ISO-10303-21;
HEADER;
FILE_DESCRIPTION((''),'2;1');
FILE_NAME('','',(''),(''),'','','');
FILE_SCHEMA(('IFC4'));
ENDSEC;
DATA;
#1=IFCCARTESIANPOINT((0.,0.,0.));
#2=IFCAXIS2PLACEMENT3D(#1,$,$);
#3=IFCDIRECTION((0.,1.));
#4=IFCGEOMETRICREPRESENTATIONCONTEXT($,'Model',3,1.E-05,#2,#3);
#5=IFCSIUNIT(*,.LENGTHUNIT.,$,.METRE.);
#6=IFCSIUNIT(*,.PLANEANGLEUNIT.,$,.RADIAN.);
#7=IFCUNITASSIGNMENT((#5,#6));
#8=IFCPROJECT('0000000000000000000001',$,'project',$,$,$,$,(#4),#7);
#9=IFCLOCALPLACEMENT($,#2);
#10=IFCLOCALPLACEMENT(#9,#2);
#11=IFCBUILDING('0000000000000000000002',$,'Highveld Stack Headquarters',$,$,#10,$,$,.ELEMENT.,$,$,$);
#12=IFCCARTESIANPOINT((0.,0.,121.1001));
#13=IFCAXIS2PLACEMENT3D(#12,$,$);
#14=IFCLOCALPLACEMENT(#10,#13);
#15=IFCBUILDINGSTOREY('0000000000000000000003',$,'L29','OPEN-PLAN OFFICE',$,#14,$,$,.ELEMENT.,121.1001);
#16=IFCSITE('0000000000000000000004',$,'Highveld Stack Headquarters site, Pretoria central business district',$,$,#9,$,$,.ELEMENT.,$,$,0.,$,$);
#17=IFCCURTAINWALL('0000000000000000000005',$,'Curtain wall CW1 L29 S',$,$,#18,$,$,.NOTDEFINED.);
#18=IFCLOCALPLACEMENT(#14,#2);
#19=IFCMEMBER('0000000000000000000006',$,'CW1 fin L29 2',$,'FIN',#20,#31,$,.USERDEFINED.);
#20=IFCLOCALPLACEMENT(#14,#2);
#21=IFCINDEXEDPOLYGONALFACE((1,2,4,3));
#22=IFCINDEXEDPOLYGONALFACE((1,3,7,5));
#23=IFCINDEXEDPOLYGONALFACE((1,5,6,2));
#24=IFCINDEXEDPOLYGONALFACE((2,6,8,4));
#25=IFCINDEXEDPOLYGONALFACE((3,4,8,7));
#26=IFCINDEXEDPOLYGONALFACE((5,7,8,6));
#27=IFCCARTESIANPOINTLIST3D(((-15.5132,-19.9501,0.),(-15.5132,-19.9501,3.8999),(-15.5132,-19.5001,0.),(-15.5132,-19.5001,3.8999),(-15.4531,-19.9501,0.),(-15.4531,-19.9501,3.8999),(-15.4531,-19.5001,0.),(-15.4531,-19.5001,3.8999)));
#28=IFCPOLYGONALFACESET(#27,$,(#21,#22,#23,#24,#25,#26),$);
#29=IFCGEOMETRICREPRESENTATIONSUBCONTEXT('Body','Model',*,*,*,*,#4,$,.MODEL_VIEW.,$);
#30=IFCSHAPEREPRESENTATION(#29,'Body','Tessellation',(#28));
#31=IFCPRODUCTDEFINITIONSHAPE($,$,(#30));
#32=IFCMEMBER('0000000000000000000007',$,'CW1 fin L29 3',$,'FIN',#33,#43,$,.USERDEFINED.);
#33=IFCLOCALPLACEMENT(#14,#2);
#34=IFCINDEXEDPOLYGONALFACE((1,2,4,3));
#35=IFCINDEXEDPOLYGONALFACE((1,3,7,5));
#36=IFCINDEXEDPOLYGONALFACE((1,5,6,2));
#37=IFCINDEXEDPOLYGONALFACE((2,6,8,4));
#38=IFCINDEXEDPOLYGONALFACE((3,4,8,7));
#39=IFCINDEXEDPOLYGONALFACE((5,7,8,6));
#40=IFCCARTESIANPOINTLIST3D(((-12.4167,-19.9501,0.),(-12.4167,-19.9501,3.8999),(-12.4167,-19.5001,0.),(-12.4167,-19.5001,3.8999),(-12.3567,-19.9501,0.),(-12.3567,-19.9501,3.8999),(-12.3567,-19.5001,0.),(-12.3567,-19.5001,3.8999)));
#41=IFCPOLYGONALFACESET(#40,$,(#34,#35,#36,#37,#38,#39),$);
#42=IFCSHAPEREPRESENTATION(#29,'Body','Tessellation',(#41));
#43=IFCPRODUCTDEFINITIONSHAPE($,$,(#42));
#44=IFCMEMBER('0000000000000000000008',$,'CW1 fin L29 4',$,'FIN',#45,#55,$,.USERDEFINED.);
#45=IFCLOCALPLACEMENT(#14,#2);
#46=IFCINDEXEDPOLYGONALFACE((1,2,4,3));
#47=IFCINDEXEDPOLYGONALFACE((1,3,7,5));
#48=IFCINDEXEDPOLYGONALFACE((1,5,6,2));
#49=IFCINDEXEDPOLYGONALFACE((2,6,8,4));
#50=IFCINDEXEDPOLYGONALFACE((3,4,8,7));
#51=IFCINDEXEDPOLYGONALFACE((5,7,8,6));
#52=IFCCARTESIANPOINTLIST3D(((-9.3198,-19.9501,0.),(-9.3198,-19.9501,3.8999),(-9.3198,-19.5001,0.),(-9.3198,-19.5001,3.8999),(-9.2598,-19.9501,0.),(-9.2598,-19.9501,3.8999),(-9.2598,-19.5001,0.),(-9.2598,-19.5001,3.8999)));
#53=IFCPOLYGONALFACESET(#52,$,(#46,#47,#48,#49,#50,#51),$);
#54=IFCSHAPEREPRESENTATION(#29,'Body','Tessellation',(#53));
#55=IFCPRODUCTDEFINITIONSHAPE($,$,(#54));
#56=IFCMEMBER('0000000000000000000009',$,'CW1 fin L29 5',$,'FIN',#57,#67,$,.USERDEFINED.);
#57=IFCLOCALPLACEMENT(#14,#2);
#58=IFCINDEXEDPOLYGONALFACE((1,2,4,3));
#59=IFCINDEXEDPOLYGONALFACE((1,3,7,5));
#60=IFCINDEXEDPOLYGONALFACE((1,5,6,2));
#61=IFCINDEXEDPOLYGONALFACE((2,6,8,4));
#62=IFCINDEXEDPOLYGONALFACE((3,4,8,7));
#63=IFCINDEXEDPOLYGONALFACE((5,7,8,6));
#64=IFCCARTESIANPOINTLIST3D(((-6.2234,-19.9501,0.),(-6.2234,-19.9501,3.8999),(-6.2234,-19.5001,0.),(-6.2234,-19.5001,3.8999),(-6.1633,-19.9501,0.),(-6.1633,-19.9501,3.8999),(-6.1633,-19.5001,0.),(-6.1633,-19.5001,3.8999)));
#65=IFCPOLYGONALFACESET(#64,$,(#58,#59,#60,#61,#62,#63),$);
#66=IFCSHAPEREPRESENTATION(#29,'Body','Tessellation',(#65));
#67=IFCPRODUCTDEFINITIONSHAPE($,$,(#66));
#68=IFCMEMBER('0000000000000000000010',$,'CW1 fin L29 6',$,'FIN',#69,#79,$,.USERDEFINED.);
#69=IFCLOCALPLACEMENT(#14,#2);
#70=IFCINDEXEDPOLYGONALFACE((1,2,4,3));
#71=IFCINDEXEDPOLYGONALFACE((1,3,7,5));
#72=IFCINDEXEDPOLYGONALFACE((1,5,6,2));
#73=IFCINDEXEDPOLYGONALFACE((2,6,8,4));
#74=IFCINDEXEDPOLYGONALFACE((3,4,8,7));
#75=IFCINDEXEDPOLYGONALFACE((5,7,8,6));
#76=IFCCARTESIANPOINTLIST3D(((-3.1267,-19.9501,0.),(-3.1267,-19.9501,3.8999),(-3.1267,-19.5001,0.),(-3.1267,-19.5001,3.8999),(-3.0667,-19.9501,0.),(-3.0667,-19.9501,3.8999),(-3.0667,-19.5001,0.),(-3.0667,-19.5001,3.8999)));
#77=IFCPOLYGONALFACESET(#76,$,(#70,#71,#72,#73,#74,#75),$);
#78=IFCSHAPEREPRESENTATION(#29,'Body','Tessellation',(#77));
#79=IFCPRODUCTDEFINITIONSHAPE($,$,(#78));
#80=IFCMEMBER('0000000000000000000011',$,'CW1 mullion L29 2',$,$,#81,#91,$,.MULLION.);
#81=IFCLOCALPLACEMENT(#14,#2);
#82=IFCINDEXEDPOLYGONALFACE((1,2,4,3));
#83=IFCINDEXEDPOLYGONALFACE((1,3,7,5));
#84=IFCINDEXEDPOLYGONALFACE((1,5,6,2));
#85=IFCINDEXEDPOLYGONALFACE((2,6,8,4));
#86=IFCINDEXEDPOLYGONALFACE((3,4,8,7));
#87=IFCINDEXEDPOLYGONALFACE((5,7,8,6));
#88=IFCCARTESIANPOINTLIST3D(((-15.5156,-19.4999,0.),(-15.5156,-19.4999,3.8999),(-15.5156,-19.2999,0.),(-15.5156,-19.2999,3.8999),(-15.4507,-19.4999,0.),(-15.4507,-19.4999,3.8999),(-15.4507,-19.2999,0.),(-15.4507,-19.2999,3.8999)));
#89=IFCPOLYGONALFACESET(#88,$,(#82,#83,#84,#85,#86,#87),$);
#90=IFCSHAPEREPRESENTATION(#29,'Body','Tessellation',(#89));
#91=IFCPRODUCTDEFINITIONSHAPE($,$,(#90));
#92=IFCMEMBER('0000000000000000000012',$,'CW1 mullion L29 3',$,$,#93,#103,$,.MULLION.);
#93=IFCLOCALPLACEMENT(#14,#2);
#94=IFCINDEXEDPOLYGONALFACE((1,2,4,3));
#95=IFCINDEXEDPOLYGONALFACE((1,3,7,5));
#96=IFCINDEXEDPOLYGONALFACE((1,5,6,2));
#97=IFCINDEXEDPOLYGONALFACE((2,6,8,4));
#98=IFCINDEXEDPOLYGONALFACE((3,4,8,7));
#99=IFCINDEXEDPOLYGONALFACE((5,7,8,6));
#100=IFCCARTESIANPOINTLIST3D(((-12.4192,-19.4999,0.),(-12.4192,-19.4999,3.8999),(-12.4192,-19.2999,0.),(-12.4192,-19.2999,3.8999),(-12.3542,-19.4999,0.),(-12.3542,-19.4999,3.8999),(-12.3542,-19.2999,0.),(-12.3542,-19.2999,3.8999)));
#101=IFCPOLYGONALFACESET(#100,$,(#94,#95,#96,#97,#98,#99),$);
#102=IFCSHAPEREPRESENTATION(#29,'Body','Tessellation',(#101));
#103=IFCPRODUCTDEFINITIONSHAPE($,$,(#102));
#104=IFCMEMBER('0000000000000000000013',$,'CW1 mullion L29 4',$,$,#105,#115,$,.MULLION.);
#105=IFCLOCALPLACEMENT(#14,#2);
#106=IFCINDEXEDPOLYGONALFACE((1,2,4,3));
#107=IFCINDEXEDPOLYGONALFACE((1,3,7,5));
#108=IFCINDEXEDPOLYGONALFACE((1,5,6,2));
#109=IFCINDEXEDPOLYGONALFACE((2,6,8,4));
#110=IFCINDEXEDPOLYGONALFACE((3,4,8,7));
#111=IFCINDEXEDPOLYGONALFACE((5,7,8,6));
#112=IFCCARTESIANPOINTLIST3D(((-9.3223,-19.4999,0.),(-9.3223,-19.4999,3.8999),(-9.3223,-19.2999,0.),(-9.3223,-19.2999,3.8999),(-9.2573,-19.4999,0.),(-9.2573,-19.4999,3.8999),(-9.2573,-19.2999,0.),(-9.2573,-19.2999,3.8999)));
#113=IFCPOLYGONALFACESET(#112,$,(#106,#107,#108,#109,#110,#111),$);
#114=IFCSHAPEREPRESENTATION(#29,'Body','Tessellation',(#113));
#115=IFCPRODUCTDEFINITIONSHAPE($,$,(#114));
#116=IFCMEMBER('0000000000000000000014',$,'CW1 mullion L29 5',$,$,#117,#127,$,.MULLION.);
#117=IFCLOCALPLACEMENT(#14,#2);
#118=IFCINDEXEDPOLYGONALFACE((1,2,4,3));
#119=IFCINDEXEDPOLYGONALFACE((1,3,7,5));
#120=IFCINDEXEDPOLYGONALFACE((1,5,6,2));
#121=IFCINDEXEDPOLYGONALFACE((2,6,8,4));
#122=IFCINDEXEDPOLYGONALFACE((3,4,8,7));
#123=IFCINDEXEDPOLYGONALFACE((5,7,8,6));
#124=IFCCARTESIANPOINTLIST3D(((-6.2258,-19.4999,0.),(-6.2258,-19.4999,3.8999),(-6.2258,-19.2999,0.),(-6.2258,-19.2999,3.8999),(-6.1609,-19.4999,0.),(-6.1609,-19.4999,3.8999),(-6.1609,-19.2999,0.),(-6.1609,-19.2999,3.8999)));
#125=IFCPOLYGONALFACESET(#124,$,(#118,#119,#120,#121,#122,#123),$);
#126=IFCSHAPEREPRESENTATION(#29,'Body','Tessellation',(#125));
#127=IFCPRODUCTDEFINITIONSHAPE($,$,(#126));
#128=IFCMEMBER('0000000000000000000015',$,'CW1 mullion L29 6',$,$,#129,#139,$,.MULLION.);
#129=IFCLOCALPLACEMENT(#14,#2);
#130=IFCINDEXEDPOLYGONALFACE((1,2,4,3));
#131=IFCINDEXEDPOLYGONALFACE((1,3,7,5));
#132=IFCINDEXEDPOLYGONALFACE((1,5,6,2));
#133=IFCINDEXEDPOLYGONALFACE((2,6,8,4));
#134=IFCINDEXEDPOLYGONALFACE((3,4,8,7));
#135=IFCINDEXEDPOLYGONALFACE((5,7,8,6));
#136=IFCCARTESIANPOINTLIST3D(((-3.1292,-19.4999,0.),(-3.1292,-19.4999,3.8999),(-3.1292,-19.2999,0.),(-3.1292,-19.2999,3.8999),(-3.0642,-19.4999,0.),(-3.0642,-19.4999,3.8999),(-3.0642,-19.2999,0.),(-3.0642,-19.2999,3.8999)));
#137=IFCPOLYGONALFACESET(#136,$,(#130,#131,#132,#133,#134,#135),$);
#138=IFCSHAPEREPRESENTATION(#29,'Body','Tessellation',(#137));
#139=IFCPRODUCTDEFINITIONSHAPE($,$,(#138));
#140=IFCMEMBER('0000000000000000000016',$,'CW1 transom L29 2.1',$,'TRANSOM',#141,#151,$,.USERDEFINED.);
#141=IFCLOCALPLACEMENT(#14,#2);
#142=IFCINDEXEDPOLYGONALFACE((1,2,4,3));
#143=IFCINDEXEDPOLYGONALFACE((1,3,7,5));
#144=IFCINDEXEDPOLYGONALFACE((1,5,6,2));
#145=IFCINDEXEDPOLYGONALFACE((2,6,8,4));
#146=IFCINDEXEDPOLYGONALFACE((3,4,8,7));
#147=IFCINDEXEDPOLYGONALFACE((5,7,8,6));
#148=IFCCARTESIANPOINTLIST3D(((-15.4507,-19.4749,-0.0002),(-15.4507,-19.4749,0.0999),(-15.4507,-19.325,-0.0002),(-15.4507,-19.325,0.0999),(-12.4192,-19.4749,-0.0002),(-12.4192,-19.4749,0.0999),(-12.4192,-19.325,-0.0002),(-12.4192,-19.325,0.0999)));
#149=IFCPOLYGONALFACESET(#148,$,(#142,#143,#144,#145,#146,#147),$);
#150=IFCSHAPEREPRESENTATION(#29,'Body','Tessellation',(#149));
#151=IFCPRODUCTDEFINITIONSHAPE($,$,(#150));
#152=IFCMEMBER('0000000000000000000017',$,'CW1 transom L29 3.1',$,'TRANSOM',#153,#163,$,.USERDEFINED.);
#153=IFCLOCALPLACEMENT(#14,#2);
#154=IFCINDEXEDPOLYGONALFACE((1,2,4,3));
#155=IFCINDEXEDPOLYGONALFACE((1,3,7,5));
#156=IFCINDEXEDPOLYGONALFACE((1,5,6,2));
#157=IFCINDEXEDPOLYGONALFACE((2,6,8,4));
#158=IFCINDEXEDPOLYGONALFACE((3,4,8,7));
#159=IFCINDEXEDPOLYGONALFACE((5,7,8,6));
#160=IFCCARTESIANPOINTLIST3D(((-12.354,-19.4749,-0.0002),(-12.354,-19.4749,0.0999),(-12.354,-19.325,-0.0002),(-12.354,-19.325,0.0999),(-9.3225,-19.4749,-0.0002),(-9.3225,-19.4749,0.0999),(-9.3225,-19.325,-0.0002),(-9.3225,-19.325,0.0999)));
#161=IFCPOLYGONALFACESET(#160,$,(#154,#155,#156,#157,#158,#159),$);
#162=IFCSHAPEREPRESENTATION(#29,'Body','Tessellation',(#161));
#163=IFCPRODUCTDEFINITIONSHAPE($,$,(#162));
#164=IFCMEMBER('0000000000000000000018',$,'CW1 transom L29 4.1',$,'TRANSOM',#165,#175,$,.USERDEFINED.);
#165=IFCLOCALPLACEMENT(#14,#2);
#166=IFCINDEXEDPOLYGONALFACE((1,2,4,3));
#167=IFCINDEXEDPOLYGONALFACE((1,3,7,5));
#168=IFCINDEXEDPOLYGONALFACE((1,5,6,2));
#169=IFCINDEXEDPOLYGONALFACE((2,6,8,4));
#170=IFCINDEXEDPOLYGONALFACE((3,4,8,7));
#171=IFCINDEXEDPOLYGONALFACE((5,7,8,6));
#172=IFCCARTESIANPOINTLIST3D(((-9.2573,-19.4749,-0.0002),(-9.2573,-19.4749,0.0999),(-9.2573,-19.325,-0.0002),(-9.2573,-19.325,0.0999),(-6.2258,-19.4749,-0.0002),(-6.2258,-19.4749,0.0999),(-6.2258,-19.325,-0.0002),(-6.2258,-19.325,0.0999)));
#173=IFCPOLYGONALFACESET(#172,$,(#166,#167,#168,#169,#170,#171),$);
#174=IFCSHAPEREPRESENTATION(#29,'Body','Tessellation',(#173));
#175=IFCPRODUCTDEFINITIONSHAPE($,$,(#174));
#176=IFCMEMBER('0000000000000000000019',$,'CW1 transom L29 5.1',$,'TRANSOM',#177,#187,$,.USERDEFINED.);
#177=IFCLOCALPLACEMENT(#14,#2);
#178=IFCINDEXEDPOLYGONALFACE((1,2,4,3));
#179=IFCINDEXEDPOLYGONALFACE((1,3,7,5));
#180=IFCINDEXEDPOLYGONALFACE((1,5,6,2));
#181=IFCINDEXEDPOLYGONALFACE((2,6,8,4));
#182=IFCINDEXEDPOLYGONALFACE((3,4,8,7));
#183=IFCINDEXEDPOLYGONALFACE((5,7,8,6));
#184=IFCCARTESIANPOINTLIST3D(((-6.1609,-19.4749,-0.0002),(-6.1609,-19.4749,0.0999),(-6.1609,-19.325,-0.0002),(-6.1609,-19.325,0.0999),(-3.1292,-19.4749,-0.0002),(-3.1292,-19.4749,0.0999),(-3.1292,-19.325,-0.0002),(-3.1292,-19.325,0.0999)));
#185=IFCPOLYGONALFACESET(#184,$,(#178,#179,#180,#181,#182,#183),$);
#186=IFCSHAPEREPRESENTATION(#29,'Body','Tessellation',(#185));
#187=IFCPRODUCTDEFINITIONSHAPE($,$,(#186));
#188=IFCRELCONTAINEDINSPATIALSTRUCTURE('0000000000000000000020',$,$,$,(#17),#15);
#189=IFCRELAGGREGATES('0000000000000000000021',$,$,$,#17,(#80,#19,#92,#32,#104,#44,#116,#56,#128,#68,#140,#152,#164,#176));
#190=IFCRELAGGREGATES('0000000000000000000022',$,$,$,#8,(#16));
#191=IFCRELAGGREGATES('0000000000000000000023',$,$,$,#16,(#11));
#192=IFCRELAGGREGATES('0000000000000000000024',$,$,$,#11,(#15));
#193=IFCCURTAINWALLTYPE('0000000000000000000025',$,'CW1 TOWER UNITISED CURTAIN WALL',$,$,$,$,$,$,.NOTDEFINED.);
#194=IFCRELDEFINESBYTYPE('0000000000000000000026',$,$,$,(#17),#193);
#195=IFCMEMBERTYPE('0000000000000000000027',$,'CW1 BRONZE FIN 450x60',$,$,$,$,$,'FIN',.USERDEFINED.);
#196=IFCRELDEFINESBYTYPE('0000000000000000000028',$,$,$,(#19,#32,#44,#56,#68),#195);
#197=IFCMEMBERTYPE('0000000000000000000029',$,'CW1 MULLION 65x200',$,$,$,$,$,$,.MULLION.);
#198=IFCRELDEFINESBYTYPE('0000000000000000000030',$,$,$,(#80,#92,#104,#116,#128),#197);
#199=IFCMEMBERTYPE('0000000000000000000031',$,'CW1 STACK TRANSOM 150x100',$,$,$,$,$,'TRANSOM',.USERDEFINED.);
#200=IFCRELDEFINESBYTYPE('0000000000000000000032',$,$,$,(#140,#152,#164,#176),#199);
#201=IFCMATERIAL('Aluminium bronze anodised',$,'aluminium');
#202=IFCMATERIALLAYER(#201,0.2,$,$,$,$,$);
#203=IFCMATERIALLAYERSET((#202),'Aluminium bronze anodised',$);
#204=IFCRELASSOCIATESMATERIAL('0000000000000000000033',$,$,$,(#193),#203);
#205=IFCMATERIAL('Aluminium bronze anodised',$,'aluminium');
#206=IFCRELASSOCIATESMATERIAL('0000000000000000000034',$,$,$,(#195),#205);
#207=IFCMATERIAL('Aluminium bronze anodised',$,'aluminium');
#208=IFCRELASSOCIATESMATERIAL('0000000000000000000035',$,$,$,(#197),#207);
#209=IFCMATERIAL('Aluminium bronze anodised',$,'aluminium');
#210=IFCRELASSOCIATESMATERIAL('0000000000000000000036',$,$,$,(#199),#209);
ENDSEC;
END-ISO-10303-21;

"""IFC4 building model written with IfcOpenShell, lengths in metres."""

from ifc_helpers import new_model, si_unit, direction, frame, origin, origin_2d, place, context, subcontext, project, spatial, rectangle, extrude, material, layer, layer_set, material_profile, profile_set, type_object, element, aggregate, save


model = new_model("IFC4")

# Units and contexts
model_context = context("Model", 3, precision=1e-05, world=origin(), true_north=direction((0.0, 1.0)))
body_context = subcontext(model_context, "Body", "Model", "MODEL_VIEW")
ifc_project = project(units=[si_unit("LENGTHUNIT", "METRE"), si_unit("PLANEANGLEUNIT", "RADIAN")], contexts=[model_context])

# Site, building, storey
site_placement = place(None, origin())
site = spatial("IfcSite", under=ifc_project, at=site_placement, Name="Highveld Stack Headquarters site, Pretoria central business district", CompositionType="ELEMENT", RefElevation=0.0)
building_placement = place(site_placement, origin())
building = spatial("IfcBuilding", under=site, at=building_placement, Name="Highveld Stack Headquarters", CompositionType="ELEMENT")
storey_placement = place(building_placement, frame((0.0, 0.0, 121.1001)))
storey = spatial("IfcBuildingStorey", under=building, at=storey_placement, Name="L29", Description="OPEN-PLAN OFFICE", CompositionType="ELEMENT", Elevation=121.1001)

# Curtain wall, members
ifc_material_1 = material(Name="Aluminium bronze anodised", Category="aluminium")
ifc_layer_1 = layer(ifc_material_1, 0.2)
ifc_layer_set_1 = layer_set([ifc_layer_1], Name="Aluminium bronze anodised")
curtain_wall_type = type_object("IfcCurtainWallType", Name="CW1 TOWER UNITISED CURTAIN WALL", PredefinedType="NOTDEFINED", material=ifc_layer_set_1)
curtain_wall_placement = place(storey_placement, origin())
curtain_wall = element("IfcCurtainWall", 1, at=curtain_wall_placement, inside=storey, type_object=curtain_wall_type, Name="Curtain wall CW1 L29 S", PredefinedType="NOTDEFINED")
ifc_material_2 = material(Name="Aluminium bronze anodised", Category="aluminium")
ifc_material_profile_1 = material_profile(ifc_material_2, rectangle(XDim=0.45, YDim=0.0601, at=origin_2d()), Name="FIN 450x60")
ifc_profile_set_1 = profile_set([ifc_material_profile_1], Name="Aluminium bronze anodised")
member_type_1 = type_object("IfcMemberType", Name="CW1 BRONZE FIN 450x60", ElementType="FIN", PredefinedType="USERDEFINED", material=ifc_profile_set_1)
member_1_placement = place(storey_placement, frame((-15.4832, -19.7251, 0.0), z_axis=(0.0, 0.0, 1.0), x_axis=(0.0, 1.0, 0.0)))
member_1 = element("IfcMember", 2, at=member_1_placement, type_object=member_type_1, Name="CW1 fin L29 2", ObjectType="FIN", PredefinedType="USERDEFINED", context=body_context, shape_type="SweptSolid", body=[
    extrude(rectangle(XDim=0.45, YDim=0.0601, at=origin_2d()), origin(), (0.0, 0.0, 1.0), 3.8999),
])
member_2_placement = place(storey_placement, frame((-12.3867, -19.7251, 0.0), z_axis=(0.0, 0.0, 1.0), x_axis=(0.0, 1.0, 0.0)))
member_2 = element("IfcMember", 3, at=member_2_placement, type_object=member_type_1, Name="CW1 fin L29 3", ObjectType="FIN", PredefinedType="USERDEFINED", context=body_context, shape_type="SweptSolid", body=[
    extrude(rectangle(XDim=0.45, YDim=0.0601, at=origin_2d()), origin(), (0.0, 0.0, 1.0), 3.8999),
])
member_3_placement = place(storey_placement, frame((-9.2898, -19.7251, 0.0), z_axis=(0.0, 0.0, 1.0), x_axis=(0.0, 1.0, 0.0)))
member_3 = element("IfcMember", 4, at=member_3_placement, type_object=member_type_1, Name="CW1 fin L29 4", ObjectType="FIN", PredefinedType="USERDEFINED", context=body_context, shape_type="SweptSolid", body=[
    extrude(rectangle(XDim=0.45, YDim=0.0601, at=origin_2d()), origin(), (0.0, 0.0, 1.0), 3.8999),
])
member_4_placement = place(storey_placement, frame((-6.1934, -19.7251, 0.0), z_axis=(0.0, 0.0, 1.0), x_axis=(0.0, 1.0, 0.0)))
member_4 = element("IfcMember", 5, at=member_4_placement, type_object=member_type_1, Name="CW1 fin L29 5", ObjectType="FIN", PredefinedType="USERDEFINED", context=body_context, shape_type="SweptSolid", body=[
    extrude(rectangle(XDim=0.45, YDim=0.0601, at=origin_2d()), origin(), (0.0, 0.0, 1.0), 3.8999),
])
member_5_placement = place(storey_placement, frame((-3.0967, -19.7251, 0.0), z_axis=(0.0, 0.0, 1.0), x_axis=(0.0, 1.0, 0.0)))
member_5 = element("IfcMember", 6, at=member_5_placement, type_object=member_type_1, Name="CW1 fin L29 6", ObjectType="FIN", PredefinedType="USERDEFINED", context=body_context, shape_type="SweptSolid", body=[
    extrude(rectangle(XDim=0.45, YDim=0.0601, at=origin_2d()), origin(), (0.0, 0.0, 1.0), 3.8999),
])
ifc_material_3 = material(Name="Aluminium bronze anodised", Category="aluminium")
ifc_material_profile_2 = material_profile(ifc_material_3, rectangle(XDim=0.2, YDim=0.0649, at=origin_2d()), Name="CW1 MULLION 65x200")
ifc_profile_set_2 = profile_set([ifc_material_profile_2], Name="Aluminium bronze anodised")
member_type_2 = type_object("IfcMemberType", Name="CW1 MULLION 65x200", PredefinedType="MULLION", material=ifc_profile_set_2)
member_6_placement = place(storey_placement, frame((-15.4832, -19.3999, 0.0), z_axis=(0.0, 0.0, 1.0), x_axis=(0.0, 1.0, 0.0)))
member_6 = element("IfcMember", 7, at=member_6_placement, type_object=member_type_2, Name="CW1 mullion L29 2", PredefinedType="MULLION", context=body_context, shape_type="SweptSolid", body=[
    extrude(rectangle(XDim=0.2, YDim=0.0649, at=origin_2d()), origin(), (0.0, 0.0, 1.0), 3.8999),
])
member_7_placement = place(storey_placement, frame((-12.3867, -19.3999, 0.0), z_axis=(0.0, 0.0, 1.0), x_axis=(0.0, 1.0, 0.0)))
member_7 = element("IfcMember", 8, at=member_7_placement, type_object=member_type_2, Name="CW1 mullion L29 3", PredefinedType="MULLION", context=body_context, shape_type="SweptSolid", body=[
    extrude(rectangle(XDim=0.2, YDim=0.0649, at=origin_2d()), origin(), (0.0, 0.0, 1.0), 3.8999),
])
member_8_placement = place(storey_placement, frame((-9.2898, -19.3999, 0.0), z_axis=(0.0, 0.0, 1.0), x_axis=(0.0, 1.0, 0.0)))
member_8 = element("IfcMember", 9, at=member_8_placement, type_object=member_type_2, Name="CW1 mullion L29 4", PredefinedType="MULLION", context=body_context, shape_type="SweptSolid", body=[
    extrude(rectangle(XDim=0.2, YDim=0.0649, at=origin_2d()), origin(), (0.0, 0.0, 1.0), 3.8999),
])
member_9_placement = place(storey_placement, frame((-6.1934, -19.3999, 0.0), z_axis=(0.0, 0.0, 1.0), x_axis=(0.0, 1.0, 0.0)))
member_9 = element("IfcMember", 10, at=member_9_placement, type_object=member_type_2, Name="CW1 mullion L29 5", PredefinedType="MULLION", context=body_context, shape_type="SweptSolid", body=[
    extrude(rectangle(XDim=0.2, YDim=0.0649, at=origin_2d()), origin(), (0.0, 0.0, 1.0), 3.8999),
])
member_10_placement = place(storey_placement, frame((-3.0967, -19.3999, 0.0), z_axis=(0.0, 0.0, 1.0), x_axis=(0.0, 1.0, 0.0)))
member_10 = element("IfcMember", 11, at=member_10_placement, type_object=member_type_2, Name="CW1 mullion L29 6", PredefinedType="MULLION", context=body_context, shape_type="SweptSolid", body=[
    extrude(rectangle(XDim=0.2, YDim=0.0649, at=origin_2d()), origin(), (0.0, 0.0, 1.0), 3.8999),
])
ifc_material_4 = material(Name="Aluminium bronze anodised", Category="aluminium")
ifc_material_profile_3 = material_profile(ifc_material_4, rectangle(XDim=0.1499, YDim=0.1001, at=origin_2d()), Name="CW1 TRANSOM 150x100")
ifc_profile_set_3 = profile_set([ifc_material_profile_3], Name="Aluminium bronze anodised")
member_type_3 = type_object("IfcMemberType", Name="CW1 STACK TRANSOM 150x100", ElementType="TRANSOM", PredefinedType="USERDEFINED", material=ifc_profile_set_3)
member_11_placement = place(storey_placement, frame((-15.4507, -19.3999, 0.0498), z_axis=(1.0, 0.0, 0.0), x_axis=(0.0, 1.0, 0.0)))
member_11 = element("IfcMember", 12, at=member_11_placement, type_object=member_type_3, Name="CW1 transom L29 2.1", ObjectType="TRANSOM", PredefinedType="USERDEFINED", context=body_context, shape_type="SweptSolid", body=[
    extrude(rectangle(XDim=0.1499, YDim=0.1001, at=origin_2d()), origin(), (0.0, 0.0, 1.0), 3.0315),
])
member_12_placement = place(storey_placement, frame((-12.354, -19.3999, 0.0498), z_axis=(1.0, 0.0, 0.0), x_axis=(0.0, 1.0, 0.0)))
member_12 = element("IfcMember", 13, at=member_12_placement, type_object=member_type_3, Name="CW1 transom L29 3.1", ObjectType="TRANSOM", PredefinedType="USERDEFINED", context=body_context, shape_type="SweptSolid", body=[
    extrude(rectangle(XDim=0.1499, YDim=0.1001, at=origin_2d()), origin(), (0.0, 0.0, 1.0), 3.0315),
])
member_13_placement = place(storey_placement, frame((-9.2573, -19.3999, 0.0498), z_axis=(1.0, 0.0, 0.0), x_axis=(0.0, 1.0, 0.0)))
member_13 = element("IfcMember", 14, at=member_13_placement, type_object=member_type_3, Name="CW1 transom L29 4.1", ObjectType="TRANSOM", PredefinedType="USERDEFINED", context=body_context, shape_type="SweptSolid", body=[
    extrude(rectangle(XDim=0.1499, YDim=0.1001, at=origin_2d()), origin(), (0.0, 0.0, 1.0), 3.0315),
])
member_14_placement = place(storey_placement, frame((-6.1609, -19.3999, 0.0498), z_axis=(1.0, 0.0, 0.0), x_axis=(0.0, 1.0, 0.0)))
member_14 = element("IfcMember", 15, at=member_14_placement, type_object=member_type_3, Name="CW1 transom L29 5.1", ObjectType="TRANSOM", PredefinedType="USERDEFINED", context=body_context, shape_type="SweptSolid", body=[
    extrude(rectangle(XDim=0.1499, YDim=0.1001, at=origin_2d()), origin(), (0.0, 0.0, 1.0), 3.0317),
])

aggregate(curtain_wall, [member_6, member_1, member_7, member_2, member_8, member_3, member_9, member_4, member_10, member_5, member_11, member_12, member_13, member_14])

save(model, "model.ifc")
